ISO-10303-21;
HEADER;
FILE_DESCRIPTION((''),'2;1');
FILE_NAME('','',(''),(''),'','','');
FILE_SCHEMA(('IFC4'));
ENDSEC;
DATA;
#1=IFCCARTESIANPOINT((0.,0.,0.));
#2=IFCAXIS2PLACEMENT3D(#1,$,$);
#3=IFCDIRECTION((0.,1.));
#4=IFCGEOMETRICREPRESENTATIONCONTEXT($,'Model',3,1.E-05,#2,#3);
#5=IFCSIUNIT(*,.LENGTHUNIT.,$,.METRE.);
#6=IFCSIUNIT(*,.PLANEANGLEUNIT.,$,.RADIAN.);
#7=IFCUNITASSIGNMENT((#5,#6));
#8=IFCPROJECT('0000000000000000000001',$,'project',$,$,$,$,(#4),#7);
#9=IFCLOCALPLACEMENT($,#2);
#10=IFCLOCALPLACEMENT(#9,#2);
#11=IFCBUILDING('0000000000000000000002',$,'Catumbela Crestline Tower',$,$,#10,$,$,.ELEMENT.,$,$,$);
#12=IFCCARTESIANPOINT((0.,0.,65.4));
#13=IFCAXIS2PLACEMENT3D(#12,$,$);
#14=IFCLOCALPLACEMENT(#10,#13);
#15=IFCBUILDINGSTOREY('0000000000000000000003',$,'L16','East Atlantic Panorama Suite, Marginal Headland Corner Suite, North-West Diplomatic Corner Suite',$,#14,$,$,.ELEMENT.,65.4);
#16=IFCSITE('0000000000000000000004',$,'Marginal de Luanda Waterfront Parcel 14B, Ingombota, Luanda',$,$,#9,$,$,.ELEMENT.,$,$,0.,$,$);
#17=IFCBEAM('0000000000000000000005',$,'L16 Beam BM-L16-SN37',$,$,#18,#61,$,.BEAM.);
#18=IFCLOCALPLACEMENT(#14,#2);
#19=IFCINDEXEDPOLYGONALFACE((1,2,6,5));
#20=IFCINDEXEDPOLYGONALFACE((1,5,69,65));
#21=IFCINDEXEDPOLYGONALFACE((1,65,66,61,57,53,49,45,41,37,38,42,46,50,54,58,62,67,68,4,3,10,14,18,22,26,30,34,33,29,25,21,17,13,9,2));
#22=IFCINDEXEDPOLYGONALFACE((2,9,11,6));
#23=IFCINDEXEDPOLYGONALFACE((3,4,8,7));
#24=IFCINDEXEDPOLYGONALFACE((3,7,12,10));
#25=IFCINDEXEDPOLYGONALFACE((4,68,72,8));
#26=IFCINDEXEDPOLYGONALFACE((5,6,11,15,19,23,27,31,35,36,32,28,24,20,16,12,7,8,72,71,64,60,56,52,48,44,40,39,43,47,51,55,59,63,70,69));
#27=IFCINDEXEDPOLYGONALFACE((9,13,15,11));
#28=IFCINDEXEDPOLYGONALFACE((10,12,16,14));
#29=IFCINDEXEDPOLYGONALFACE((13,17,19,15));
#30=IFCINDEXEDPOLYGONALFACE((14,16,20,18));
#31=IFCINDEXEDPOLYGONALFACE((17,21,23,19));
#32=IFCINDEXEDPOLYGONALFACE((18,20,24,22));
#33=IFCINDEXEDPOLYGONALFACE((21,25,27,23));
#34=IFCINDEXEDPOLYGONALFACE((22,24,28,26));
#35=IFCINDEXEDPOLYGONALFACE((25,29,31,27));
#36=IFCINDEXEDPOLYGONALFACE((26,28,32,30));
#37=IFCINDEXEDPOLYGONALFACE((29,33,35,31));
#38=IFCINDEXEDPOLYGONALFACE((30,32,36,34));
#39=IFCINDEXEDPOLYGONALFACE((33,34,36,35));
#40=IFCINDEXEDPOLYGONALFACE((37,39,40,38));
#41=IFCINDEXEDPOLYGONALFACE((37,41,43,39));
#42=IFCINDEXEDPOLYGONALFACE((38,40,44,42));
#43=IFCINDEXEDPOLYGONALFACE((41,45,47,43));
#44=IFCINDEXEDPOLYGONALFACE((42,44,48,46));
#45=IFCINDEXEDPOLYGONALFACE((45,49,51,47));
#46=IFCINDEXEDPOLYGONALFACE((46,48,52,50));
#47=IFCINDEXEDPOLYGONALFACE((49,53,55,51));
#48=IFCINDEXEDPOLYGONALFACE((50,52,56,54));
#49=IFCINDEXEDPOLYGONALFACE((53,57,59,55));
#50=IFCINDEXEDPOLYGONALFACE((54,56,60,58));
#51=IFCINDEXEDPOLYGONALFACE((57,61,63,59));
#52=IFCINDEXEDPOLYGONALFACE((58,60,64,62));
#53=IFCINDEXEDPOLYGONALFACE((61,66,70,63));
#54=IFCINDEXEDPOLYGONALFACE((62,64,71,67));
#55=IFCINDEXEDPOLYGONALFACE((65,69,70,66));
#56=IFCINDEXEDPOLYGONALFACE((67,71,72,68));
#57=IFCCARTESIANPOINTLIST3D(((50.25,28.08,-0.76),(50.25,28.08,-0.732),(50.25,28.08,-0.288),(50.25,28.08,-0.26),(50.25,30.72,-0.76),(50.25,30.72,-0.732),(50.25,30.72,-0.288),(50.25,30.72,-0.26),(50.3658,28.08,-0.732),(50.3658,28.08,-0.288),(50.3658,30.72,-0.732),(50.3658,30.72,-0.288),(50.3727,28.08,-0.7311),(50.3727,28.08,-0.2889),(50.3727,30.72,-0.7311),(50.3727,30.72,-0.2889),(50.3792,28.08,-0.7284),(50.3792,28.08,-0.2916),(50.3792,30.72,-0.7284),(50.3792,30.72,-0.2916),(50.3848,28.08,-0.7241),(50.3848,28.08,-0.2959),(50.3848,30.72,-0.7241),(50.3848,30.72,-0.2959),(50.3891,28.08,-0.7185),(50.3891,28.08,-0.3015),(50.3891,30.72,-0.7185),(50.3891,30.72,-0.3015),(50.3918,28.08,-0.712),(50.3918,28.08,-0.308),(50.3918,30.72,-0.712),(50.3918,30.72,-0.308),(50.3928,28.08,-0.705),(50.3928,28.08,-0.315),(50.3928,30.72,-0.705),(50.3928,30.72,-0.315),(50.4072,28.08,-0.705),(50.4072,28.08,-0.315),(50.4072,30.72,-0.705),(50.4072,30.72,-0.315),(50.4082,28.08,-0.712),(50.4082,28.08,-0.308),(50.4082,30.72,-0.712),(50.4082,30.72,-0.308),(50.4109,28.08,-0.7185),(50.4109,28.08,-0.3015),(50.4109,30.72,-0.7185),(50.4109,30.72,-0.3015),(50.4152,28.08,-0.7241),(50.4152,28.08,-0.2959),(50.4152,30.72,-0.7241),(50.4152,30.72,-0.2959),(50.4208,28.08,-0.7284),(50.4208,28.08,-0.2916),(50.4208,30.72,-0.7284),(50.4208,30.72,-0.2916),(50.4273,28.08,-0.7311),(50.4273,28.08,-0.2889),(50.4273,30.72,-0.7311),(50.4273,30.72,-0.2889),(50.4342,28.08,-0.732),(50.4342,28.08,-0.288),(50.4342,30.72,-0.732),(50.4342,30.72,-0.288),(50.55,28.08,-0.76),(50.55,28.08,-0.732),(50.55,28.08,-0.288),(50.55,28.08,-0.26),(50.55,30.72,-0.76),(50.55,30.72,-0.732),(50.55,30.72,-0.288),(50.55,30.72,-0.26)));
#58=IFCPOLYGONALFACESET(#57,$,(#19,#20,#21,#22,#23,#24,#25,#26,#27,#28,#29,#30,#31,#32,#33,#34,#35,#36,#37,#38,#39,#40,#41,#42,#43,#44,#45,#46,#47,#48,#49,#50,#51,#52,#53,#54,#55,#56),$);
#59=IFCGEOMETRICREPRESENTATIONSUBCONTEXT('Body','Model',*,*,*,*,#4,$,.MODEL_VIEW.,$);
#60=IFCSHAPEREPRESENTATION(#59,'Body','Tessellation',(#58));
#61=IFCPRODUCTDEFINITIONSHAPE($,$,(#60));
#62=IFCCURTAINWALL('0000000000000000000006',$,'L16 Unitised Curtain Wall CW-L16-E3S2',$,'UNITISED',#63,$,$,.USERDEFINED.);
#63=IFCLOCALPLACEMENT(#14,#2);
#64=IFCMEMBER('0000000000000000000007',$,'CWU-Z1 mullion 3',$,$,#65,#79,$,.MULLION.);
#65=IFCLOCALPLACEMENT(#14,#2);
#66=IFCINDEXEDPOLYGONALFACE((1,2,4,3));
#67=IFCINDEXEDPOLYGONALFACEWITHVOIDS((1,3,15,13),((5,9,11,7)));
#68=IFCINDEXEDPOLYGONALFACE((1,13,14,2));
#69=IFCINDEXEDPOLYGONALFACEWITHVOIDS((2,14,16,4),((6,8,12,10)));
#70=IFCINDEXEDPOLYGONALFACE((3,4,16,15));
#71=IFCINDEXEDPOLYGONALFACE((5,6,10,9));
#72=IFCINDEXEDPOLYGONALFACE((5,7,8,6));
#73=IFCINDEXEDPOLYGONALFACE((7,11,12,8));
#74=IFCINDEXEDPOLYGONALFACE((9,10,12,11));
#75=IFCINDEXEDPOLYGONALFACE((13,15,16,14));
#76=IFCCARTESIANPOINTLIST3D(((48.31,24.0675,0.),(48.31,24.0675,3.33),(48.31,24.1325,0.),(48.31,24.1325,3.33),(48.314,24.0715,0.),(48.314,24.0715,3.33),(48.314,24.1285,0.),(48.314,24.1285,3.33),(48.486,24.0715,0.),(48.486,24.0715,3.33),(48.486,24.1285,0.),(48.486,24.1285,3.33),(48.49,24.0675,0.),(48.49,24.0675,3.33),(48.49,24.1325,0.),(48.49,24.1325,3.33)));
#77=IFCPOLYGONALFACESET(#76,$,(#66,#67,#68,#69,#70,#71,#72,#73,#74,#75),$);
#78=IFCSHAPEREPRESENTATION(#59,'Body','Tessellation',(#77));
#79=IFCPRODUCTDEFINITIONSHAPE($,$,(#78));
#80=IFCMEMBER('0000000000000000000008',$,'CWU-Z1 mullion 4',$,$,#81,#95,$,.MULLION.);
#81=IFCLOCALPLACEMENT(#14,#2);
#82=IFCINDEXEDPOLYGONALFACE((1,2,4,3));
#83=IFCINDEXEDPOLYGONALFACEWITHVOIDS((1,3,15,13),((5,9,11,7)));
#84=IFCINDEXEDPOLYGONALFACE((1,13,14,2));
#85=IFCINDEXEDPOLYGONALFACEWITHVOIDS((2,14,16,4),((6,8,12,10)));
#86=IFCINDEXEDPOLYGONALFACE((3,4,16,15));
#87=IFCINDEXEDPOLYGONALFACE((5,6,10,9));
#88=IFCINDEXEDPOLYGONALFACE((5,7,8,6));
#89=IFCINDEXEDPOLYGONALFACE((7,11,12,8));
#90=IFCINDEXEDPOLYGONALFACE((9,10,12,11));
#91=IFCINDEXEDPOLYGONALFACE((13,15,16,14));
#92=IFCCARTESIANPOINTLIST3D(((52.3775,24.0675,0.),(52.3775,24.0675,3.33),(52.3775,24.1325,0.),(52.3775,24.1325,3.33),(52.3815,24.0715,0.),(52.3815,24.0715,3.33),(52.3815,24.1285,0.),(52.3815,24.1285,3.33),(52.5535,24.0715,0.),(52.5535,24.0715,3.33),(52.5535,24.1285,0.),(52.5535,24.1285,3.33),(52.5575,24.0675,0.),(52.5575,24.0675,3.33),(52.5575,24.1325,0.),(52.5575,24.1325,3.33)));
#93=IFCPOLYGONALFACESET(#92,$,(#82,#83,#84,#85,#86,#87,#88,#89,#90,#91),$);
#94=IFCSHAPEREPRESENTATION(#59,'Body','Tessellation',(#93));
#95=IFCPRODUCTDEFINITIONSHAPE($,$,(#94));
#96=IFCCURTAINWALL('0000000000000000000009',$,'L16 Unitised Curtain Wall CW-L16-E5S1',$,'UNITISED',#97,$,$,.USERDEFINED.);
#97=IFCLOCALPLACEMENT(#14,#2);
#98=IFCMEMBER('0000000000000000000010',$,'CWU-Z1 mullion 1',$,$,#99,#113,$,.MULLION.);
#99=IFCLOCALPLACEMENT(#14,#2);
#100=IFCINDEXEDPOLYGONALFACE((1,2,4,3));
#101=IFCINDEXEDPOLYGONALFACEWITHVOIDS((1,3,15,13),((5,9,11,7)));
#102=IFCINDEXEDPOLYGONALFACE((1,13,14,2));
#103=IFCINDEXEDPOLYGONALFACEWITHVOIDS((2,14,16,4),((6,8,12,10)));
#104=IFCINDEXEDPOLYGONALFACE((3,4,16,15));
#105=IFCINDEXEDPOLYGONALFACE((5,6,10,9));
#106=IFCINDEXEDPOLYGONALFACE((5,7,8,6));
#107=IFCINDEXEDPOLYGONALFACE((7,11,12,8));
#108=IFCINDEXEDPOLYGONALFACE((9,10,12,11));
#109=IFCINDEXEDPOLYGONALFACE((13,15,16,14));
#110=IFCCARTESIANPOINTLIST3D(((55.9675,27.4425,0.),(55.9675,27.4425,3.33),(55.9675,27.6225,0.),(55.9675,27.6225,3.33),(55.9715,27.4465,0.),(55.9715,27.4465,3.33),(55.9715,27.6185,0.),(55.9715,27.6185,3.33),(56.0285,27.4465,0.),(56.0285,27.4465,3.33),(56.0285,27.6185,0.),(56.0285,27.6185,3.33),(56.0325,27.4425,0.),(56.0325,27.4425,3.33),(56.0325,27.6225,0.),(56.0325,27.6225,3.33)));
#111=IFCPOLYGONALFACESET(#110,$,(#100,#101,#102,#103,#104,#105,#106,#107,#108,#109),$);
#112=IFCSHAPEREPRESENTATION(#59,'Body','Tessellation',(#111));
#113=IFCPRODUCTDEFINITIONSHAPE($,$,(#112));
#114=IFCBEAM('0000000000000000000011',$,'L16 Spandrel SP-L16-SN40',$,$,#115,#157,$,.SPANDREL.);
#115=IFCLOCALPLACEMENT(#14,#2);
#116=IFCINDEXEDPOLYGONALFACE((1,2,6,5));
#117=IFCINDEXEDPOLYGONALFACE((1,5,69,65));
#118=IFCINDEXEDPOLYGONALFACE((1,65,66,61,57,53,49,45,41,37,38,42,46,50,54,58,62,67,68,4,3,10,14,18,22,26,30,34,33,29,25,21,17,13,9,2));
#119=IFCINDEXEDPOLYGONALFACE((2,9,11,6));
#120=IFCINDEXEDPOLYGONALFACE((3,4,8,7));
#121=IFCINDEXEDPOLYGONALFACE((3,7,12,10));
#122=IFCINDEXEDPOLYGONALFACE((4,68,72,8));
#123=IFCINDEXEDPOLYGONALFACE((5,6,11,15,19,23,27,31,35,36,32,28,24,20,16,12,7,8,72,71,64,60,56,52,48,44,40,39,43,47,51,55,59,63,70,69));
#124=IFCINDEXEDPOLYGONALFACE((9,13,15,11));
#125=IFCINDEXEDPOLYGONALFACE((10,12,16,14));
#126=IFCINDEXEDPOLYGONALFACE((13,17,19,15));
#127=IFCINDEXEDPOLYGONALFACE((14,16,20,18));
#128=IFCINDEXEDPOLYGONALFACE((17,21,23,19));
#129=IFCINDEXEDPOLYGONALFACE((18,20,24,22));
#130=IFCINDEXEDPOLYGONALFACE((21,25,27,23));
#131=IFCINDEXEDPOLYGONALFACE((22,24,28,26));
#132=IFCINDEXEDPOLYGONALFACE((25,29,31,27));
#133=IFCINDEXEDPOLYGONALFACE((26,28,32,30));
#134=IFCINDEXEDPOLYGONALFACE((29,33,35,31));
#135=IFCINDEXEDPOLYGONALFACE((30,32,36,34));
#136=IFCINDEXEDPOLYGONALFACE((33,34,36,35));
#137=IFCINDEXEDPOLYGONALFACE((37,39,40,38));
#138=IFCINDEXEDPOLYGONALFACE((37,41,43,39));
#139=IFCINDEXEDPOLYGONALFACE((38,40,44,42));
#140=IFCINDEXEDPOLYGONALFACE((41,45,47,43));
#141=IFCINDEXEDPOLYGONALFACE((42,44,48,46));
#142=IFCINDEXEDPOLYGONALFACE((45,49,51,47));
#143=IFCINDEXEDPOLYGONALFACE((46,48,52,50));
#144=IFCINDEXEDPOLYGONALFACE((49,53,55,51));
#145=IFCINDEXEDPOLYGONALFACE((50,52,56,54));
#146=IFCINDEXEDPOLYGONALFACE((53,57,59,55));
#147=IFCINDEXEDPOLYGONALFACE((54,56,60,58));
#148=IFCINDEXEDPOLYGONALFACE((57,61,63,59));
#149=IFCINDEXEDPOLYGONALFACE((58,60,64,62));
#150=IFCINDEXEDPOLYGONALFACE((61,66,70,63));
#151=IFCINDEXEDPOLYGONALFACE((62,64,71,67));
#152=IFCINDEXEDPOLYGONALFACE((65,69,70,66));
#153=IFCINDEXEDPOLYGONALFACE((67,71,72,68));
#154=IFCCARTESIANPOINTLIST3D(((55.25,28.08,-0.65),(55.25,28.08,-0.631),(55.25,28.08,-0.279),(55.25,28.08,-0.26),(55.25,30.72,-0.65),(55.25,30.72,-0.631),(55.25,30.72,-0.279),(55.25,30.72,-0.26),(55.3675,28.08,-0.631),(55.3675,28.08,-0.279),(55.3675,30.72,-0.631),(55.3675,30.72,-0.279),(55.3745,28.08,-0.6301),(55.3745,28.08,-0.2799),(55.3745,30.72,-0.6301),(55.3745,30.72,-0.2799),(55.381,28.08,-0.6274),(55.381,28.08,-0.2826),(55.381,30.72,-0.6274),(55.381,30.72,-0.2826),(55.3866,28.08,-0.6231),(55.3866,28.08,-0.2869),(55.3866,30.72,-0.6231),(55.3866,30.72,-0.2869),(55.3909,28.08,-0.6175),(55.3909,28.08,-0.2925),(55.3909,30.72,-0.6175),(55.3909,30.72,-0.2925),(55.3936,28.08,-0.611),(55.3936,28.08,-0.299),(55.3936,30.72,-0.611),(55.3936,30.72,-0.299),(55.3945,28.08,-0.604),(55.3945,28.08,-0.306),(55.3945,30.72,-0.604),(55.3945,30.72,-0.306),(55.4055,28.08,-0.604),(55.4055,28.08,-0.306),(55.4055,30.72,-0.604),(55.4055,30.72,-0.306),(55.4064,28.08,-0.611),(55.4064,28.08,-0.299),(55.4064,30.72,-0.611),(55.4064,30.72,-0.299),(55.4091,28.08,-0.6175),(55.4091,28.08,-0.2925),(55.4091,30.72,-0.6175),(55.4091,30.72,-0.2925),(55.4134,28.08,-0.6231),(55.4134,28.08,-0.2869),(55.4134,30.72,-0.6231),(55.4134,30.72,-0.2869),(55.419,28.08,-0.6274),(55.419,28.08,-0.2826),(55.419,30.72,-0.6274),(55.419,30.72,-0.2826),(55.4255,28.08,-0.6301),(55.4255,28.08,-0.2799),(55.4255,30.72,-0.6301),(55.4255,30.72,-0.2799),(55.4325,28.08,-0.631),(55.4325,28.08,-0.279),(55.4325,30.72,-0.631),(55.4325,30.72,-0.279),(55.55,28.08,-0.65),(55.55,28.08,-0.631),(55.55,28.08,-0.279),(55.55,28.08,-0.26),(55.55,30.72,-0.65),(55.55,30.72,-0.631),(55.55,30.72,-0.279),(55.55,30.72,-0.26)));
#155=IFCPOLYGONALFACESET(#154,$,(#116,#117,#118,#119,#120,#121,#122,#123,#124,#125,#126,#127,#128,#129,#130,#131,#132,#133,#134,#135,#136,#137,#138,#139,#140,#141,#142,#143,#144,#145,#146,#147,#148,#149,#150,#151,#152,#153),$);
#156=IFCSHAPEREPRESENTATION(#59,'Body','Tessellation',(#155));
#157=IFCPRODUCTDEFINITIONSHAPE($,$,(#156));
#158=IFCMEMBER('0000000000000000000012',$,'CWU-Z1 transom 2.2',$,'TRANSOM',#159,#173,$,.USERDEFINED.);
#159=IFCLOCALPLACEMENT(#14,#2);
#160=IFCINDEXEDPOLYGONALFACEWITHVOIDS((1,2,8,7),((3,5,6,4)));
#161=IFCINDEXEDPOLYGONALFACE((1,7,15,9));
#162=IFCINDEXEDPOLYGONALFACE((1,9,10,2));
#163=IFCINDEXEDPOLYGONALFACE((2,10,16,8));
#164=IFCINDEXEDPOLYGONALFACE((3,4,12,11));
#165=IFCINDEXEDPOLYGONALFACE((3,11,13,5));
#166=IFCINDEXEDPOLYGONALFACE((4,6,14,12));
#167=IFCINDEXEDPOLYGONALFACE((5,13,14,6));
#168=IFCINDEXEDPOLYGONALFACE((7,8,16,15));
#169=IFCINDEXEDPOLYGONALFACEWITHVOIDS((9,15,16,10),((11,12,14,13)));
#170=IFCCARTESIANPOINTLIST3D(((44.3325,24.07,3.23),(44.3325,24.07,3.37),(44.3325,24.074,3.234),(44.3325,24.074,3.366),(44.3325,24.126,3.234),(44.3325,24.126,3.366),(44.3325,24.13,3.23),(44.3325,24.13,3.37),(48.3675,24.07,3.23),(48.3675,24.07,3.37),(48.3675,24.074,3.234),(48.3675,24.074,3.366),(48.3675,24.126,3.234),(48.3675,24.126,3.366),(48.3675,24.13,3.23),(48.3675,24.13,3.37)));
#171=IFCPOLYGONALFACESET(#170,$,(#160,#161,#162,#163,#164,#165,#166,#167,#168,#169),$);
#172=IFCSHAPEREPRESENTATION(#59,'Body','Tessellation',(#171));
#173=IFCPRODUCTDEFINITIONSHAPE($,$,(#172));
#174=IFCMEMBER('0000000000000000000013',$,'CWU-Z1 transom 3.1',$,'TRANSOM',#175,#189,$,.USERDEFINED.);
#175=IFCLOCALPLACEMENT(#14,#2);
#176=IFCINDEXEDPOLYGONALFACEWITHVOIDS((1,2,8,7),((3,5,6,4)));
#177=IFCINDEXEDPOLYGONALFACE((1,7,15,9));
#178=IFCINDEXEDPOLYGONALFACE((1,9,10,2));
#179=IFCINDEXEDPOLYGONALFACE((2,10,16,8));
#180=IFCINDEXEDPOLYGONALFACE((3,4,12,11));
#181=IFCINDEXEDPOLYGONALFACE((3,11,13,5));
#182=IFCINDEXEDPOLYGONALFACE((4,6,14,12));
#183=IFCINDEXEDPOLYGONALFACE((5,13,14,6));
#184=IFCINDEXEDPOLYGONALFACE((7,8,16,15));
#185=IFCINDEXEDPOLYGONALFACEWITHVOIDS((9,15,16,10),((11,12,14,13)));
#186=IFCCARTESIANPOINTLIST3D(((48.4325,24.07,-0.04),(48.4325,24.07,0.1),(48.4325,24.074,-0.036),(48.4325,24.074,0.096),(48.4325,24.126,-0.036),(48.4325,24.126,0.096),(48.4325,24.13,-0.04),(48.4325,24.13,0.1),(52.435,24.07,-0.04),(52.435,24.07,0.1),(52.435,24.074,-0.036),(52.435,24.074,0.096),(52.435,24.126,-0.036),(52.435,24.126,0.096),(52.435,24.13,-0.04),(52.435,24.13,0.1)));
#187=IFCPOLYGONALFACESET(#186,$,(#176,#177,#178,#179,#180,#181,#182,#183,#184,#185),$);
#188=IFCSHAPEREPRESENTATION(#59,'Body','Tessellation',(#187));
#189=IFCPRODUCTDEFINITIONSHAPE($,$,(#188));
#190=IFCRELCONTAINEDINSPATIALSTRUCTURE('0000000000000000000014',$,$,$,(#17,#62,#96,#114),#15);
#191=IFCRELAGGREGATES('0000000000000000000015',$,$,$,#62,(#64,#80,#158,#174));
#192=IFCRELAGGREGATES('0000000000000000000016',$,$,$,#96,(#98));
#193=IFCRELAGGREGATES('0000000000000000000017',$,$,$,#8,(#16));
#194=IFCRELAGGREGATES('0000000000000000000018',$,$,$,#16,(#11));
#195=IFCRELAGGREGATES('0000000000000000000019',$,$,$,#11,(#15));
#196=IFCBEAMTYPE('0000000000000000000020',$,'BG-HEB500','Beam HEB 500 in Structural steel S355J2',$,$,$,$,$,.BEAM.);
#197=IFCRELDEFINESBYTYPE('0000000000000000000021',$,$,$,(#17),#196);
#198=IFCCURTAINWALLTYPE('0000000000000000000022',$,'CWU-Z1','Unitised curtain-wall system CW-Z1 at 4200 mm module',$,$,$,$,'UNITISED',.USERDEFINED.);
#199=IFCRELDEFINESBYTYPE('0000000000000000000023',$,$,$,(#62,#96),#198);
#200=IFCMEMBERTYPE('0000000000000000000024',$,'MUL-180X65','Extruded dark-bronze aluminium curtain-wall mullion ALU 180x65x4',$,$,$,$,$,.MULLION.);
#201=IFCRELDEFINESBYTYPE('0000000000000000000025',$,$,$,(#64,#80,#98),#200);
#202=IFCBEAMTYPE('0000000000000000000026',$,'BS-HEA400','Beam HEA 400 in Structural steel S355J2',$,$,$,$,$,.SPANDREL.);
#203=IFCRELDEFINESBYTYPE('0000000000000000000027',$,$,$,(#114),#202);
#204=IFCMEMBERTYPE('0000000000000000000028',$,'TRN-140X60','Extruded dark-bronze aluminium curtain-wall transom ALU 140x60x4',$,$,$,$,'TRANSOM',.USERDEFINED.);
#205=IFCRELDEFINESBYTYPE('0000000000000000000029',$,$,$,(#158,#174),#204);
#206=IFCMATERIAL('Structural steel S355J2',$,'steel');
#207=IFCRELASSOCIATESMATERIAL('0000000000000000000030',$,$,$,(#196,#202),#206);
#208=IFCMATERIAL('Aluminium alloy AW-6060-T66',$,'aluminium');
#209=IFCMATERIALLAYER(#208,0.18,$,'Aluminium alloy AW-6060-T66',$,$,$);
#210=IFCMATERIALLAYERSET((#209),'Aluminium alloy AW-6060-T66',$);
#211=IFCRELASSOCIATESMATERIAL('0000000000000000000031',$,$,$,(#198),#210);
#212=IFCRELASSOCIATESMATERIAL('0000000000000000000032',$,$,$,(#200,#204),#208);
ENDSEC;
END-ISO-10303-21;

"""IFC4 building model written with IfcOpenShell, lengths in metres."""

from ifc_helpers import new_model, si_unit, direction, frame, origin, origin_2d, place, context, subcontext, project, spatial, hollow_rectangle, i_section, extrude, material, layer, layer_set, material_profile, profile_set, type_object, element, aggregate, save


model = new_model("IFC4")

# Units and contexts
model_context = context("Model", 3, precision=1e-05, world=origin(), true_north=direction((0.0, 1.0)))
body_context = subcontext(model_context, "Body", "Model", "MODEL_VIEW")
ifc_project = project(units=[si_unit("LENGTHUNIT", "METRE"), si_unit("PLANEANGLEUNIT", "RADIAN")], contexts=[model_context])

# Site, building, storey
site_placement = place(None, origin())
site = spatial("IfcSite", under=ifc_project, at=site_placement, Name="Marginal de Luanda Waterfront Parcel 14B, Ingombota, Luanda", CompositionType="ELEMENT", RefElevation=0.0)
building_placement = place(site_placement, origin())
building = spatial("IfcBuilding", under=site, at=building_placement, Name="Catumbela Crestline Tower", CompositionType="ELEMENT")
storey_placement = place(building_placement, frame((0.0, 0.0, 65.4)))
storey = spatial("IfcBuildingStorey", under=building, at=storey_placement, Name="L16", Description="East Atlantic Panorama Suite, Marginal Headland Corner Suite, North-West Diplomatic Corner Suite", CompositionType="ELEMENT", Elevation=65.4)

# Beam
ifc_material_1 = material(Name="Structural steel S355J2", Category="steel")
ifc_material_profile_1 = material_profile(ifc_material_1, i_section(OverallWidth=0.3, OverallDepth=0.5, WebThickness=0.0145, FlangeThickness=0.028, FilletRadius=0.027, at=origin_2d()), Name="HEB 500")
ifc_profile_set_1 = profile_set([ifc_material_profile_1], Name="Structural steel S355J2")
beam_type_1 = type_object("IfcBeamType", Name="BG-HEB500", Description="Beam HEB 500 in Structural steel S355J2", PredefinedType="BEAM", material=ifc_profile_set_1)
beam_1_placement = place(storey_placement, frame((50.4, 28.08, -0.51), z_axis=(0.0, 1.0, 0.0), x_axis=(-1.0, 0.0, 0.0)))
element("IfcBeam", 1, at=beam_1_placement, inside=storey, type_object=beam_type_1, Name="L16 Beam BM-L16-SN37", PredefinedType="BEAM", context=body_context, shape_type="SweptSolid", body=[
    extrude(i_section(OverallWidth=0.3, OverallDepth=0.5, WebThickness=0.0145, FlangeThickness=0.028, FilletRadius=0.027, at=origin_2d()), origin(), (0.0, 0.0, 1.0), 2.64),
])

# Curtain wall, members
ifc_material_2 = material(Name="Aluminium alloy AW-6060-T66", Category="aluminium")
ifc_layer_1 = layer(ifc_material_2, 0.18, Name="Aluminium alloy AW-6060-T66")
ifc_layer_set_1 = layer_set([ifc_layer_1], Name="Aluminium alloy AW-6060-T66")
curtain_wall_type = type_object("IfcCurtainWallType", Name="CWU-Z1", Description="Unitised curtain-wall system CW-Z1 at 4200 mm module", ElementType="UNITISED", PredefinedType="USERDEFINED", material=ifc_layer_set_1)
curtain_wall_1_placement = place(storey_placement, origin())
curtain_wall_1 = element("IfcCurtainWall", 2, at=curtain_wall_1_placement, inside=storey, type_object=curtain_wall_type, Name="L16 Unitised Curtain Wall CW-L16-E3S2", ObjectType="UNITISED", PredefinedType="USERDEFINED")
ifc_material_profile_2 = material_profile(ifc_material_2, hollow_rectangle(XDim=0.065, YDim=0.18, WallThickness=0.004, at=origin_2d()), Name="ALU 180x65x4")
ifc_profile_set_2 = profile_set([ifc_material_profile_2], Name="Aluminium alloy AW-6060-T66")
member_type_1 = type_object("IfcMemberType", Name="MUL-180X65", Description="Extruded dark-bronze aluminium curtain-wall mullion ALU 180x65x4", PredefinedType="MULLION", material=ifc_profile_set_2)
member_1_placement = place(storey_placement, frame((48.4, 24.1, 0.0), z_axis=(0.0, 0.0, 1.0), x_axis=(0.0, 1.0, 0.0)))
member_1 = element("IfcMember", 3, at=member_1_placement, type_object=member_type_1, Name="CWU-Z1 mullion 3", PredefinedType="MULLION", context=body_context, shape_type="SweptSolid", body=[
    extrude(hollow_rectangle(XDim=0.065, YDim=0.18, WallThickness=0.004, at=origin_2d()), origin(), (0.0, 0.0, 1.0), 3.33),
])
member_2_placement = place(storey_placement, frame((52.4675, 24.1, 0.0), z_axis=(0.0, 0.0, 1.0), x_axis=(0.0, 1.0, 0.0)))
member_2 = element("IfcMember", 4, at=member_2_placement, type_object=member_type_1, Name="CWU-Z1 mullion 4", PredefinedType="MULLION", context=body_context, shape_type="SweptSolid", body=[
    extrude(hollow_rectangle(XDim=0.065, YDim=0.18, WallThickness=0.004, at=origin_2d()), origin(), (0.0, 0.0, 1.0), 3.33),
])

# Curtain wall, member
curtain_wall_2_placement = place(storey_placement, origin())
curtain_wall_2 = element("IfcCurtainWall", 5, at=curtain_wall_2_placement, inside=storey, type_object=curtain_wall_type, Name="L16 Unitised Curtain Wall CW-L16-E5S1", ObjectType="UNITISED", PredefinedType="USERDEFINED")
member_3_placement = place(storey_placement, frame((56.0, 27.5325, 0.0), z_axis=(0.0, 0.0, 1.0), x_axis=(-1.0, 0.0, 0.0)))
member_3 = element("IfcMember", 6, at=member_3_placement, type_object=member_type_1, Name="CWU-Z1 mullion 1", PredefinedType="MULLION", context=body_context, shape_type="SweptSolid", body=[
    extrude(hollow_rectangle(XDim=0.065, YDim=0.18, WallThickness=0.004, at=origin_2d()), origin(), (0.0, 0.0, 1.0), 3.33),
])

# Beam
ifc_material_profile_3 = material_profile(ifc_material_1, i_section(OverallWidth=0.3, OverallDepth=0.39, WebThickness=0.011, FlangeThickness=0.019, FilletRadius=0.027, at=origin_2d()), Name="HEA 400")
ifc_profile_set_3 = profile_set([ifc_material_profile_3], Name="Structural steel S355J2")
beam_type_2 = type_object("IfcBeamType", Name="BS-HEA400", Description="Beam HEA 400 in Structural steel S355J2", PredefinedType="SPANDREL", material=ifc_profile_set_3)
beam_2_placement = place(storey_placement, frame((55.4, 28.08, -0.455), z_axis=(0.0, 1.0, 0.0), x_axis=(-1.0, 0.0, 0.0)))
element("IfcBeam", 7, at=beam_2_placement, inside=storey, type_object=beam_type_2, Name="L16 Spandrel SP-L16-SN40", PredefinedType="SPANDREL", context=body_context, shape_type="SweptSolid", body=[
    extrude(i_section(OverallWidth=0.3, OverallDepth=0.39, WebThickness=0.011, FlangeThickness=0.019, FilletRadius=0.027, at=origin_2d()), origin(), (0.0, 0.0, 1.0), 2.64),
])

# Members
ifc_material_profile_4 = material_profile(ifc_material_2, hollow_rectangle(XDim=0.06, YDim=0.14, WallThickness=0.004, at=origin_2d()), Name="ALU 140x60x4")
ifc_profile_set_4 = profile_set([ifc_material_profile_4], Name="Aluminium alloy AW-6060-T66")
member_type_2 = type_object("IfcMemberType", Name="TRN-140X60", Description="Extruded dark-bronze aluminium curtain-wall transom ALU 140x60x4", ElementType="TRANSOM", PredefinedType="USERDEFINED", material=ifc_profile_set_4)
member_4_placement = place(storey_placement, frame((44.3325, 24.1, 3.3), z_axis=(1.0, 0.0, 0.0), x_axis=(0.0, 1.0, 0.0)))
member_4 = element("IfcMember", 8, at=member_4_placement, type_object=member_type_2, Name="CWU-Z1 transom 2.2", ObjectType="TRANSOM", PredefinedType="USERDEFINED", context=body_context, shape_type="SweptSolid", body=[
    extrude(hollow_rectangle(XDim=0.06, YDim=0.14, WallThickness=0.004, at=origin_2d()), origin(), (0.0, 0.0, 1.0), 4.035),
])
member_5_placement = place(storey_placement, frame((48.4325, 24.1, 0.03), z_axis=(1.0, 0.0, 0.0), x_axis=(0.0, 1.0, 0.0)))
member_5 = element("IfcMember", 9, at=member_5_placement, type_object=member_type_2, Name="CWU-Z1 transom 3.1", ObjectType="TRANSOM", PredefinedType="USERDEFINED", context=body_context, shape_type="SweptSolid", body=[
    extrude(hollow_rectangle(XDim=0.06, YDim=0.14, WallThickness=0.004, at=origin_2d()), origin(), (0.0, 0.0, 1.0), 4.0025),
])

aggregate(curtain_wall_1, [member_1, member_2, member_4, member_5])
aggregate(curtain_wall_2, [member_3])

save(model, "model.ifc")
